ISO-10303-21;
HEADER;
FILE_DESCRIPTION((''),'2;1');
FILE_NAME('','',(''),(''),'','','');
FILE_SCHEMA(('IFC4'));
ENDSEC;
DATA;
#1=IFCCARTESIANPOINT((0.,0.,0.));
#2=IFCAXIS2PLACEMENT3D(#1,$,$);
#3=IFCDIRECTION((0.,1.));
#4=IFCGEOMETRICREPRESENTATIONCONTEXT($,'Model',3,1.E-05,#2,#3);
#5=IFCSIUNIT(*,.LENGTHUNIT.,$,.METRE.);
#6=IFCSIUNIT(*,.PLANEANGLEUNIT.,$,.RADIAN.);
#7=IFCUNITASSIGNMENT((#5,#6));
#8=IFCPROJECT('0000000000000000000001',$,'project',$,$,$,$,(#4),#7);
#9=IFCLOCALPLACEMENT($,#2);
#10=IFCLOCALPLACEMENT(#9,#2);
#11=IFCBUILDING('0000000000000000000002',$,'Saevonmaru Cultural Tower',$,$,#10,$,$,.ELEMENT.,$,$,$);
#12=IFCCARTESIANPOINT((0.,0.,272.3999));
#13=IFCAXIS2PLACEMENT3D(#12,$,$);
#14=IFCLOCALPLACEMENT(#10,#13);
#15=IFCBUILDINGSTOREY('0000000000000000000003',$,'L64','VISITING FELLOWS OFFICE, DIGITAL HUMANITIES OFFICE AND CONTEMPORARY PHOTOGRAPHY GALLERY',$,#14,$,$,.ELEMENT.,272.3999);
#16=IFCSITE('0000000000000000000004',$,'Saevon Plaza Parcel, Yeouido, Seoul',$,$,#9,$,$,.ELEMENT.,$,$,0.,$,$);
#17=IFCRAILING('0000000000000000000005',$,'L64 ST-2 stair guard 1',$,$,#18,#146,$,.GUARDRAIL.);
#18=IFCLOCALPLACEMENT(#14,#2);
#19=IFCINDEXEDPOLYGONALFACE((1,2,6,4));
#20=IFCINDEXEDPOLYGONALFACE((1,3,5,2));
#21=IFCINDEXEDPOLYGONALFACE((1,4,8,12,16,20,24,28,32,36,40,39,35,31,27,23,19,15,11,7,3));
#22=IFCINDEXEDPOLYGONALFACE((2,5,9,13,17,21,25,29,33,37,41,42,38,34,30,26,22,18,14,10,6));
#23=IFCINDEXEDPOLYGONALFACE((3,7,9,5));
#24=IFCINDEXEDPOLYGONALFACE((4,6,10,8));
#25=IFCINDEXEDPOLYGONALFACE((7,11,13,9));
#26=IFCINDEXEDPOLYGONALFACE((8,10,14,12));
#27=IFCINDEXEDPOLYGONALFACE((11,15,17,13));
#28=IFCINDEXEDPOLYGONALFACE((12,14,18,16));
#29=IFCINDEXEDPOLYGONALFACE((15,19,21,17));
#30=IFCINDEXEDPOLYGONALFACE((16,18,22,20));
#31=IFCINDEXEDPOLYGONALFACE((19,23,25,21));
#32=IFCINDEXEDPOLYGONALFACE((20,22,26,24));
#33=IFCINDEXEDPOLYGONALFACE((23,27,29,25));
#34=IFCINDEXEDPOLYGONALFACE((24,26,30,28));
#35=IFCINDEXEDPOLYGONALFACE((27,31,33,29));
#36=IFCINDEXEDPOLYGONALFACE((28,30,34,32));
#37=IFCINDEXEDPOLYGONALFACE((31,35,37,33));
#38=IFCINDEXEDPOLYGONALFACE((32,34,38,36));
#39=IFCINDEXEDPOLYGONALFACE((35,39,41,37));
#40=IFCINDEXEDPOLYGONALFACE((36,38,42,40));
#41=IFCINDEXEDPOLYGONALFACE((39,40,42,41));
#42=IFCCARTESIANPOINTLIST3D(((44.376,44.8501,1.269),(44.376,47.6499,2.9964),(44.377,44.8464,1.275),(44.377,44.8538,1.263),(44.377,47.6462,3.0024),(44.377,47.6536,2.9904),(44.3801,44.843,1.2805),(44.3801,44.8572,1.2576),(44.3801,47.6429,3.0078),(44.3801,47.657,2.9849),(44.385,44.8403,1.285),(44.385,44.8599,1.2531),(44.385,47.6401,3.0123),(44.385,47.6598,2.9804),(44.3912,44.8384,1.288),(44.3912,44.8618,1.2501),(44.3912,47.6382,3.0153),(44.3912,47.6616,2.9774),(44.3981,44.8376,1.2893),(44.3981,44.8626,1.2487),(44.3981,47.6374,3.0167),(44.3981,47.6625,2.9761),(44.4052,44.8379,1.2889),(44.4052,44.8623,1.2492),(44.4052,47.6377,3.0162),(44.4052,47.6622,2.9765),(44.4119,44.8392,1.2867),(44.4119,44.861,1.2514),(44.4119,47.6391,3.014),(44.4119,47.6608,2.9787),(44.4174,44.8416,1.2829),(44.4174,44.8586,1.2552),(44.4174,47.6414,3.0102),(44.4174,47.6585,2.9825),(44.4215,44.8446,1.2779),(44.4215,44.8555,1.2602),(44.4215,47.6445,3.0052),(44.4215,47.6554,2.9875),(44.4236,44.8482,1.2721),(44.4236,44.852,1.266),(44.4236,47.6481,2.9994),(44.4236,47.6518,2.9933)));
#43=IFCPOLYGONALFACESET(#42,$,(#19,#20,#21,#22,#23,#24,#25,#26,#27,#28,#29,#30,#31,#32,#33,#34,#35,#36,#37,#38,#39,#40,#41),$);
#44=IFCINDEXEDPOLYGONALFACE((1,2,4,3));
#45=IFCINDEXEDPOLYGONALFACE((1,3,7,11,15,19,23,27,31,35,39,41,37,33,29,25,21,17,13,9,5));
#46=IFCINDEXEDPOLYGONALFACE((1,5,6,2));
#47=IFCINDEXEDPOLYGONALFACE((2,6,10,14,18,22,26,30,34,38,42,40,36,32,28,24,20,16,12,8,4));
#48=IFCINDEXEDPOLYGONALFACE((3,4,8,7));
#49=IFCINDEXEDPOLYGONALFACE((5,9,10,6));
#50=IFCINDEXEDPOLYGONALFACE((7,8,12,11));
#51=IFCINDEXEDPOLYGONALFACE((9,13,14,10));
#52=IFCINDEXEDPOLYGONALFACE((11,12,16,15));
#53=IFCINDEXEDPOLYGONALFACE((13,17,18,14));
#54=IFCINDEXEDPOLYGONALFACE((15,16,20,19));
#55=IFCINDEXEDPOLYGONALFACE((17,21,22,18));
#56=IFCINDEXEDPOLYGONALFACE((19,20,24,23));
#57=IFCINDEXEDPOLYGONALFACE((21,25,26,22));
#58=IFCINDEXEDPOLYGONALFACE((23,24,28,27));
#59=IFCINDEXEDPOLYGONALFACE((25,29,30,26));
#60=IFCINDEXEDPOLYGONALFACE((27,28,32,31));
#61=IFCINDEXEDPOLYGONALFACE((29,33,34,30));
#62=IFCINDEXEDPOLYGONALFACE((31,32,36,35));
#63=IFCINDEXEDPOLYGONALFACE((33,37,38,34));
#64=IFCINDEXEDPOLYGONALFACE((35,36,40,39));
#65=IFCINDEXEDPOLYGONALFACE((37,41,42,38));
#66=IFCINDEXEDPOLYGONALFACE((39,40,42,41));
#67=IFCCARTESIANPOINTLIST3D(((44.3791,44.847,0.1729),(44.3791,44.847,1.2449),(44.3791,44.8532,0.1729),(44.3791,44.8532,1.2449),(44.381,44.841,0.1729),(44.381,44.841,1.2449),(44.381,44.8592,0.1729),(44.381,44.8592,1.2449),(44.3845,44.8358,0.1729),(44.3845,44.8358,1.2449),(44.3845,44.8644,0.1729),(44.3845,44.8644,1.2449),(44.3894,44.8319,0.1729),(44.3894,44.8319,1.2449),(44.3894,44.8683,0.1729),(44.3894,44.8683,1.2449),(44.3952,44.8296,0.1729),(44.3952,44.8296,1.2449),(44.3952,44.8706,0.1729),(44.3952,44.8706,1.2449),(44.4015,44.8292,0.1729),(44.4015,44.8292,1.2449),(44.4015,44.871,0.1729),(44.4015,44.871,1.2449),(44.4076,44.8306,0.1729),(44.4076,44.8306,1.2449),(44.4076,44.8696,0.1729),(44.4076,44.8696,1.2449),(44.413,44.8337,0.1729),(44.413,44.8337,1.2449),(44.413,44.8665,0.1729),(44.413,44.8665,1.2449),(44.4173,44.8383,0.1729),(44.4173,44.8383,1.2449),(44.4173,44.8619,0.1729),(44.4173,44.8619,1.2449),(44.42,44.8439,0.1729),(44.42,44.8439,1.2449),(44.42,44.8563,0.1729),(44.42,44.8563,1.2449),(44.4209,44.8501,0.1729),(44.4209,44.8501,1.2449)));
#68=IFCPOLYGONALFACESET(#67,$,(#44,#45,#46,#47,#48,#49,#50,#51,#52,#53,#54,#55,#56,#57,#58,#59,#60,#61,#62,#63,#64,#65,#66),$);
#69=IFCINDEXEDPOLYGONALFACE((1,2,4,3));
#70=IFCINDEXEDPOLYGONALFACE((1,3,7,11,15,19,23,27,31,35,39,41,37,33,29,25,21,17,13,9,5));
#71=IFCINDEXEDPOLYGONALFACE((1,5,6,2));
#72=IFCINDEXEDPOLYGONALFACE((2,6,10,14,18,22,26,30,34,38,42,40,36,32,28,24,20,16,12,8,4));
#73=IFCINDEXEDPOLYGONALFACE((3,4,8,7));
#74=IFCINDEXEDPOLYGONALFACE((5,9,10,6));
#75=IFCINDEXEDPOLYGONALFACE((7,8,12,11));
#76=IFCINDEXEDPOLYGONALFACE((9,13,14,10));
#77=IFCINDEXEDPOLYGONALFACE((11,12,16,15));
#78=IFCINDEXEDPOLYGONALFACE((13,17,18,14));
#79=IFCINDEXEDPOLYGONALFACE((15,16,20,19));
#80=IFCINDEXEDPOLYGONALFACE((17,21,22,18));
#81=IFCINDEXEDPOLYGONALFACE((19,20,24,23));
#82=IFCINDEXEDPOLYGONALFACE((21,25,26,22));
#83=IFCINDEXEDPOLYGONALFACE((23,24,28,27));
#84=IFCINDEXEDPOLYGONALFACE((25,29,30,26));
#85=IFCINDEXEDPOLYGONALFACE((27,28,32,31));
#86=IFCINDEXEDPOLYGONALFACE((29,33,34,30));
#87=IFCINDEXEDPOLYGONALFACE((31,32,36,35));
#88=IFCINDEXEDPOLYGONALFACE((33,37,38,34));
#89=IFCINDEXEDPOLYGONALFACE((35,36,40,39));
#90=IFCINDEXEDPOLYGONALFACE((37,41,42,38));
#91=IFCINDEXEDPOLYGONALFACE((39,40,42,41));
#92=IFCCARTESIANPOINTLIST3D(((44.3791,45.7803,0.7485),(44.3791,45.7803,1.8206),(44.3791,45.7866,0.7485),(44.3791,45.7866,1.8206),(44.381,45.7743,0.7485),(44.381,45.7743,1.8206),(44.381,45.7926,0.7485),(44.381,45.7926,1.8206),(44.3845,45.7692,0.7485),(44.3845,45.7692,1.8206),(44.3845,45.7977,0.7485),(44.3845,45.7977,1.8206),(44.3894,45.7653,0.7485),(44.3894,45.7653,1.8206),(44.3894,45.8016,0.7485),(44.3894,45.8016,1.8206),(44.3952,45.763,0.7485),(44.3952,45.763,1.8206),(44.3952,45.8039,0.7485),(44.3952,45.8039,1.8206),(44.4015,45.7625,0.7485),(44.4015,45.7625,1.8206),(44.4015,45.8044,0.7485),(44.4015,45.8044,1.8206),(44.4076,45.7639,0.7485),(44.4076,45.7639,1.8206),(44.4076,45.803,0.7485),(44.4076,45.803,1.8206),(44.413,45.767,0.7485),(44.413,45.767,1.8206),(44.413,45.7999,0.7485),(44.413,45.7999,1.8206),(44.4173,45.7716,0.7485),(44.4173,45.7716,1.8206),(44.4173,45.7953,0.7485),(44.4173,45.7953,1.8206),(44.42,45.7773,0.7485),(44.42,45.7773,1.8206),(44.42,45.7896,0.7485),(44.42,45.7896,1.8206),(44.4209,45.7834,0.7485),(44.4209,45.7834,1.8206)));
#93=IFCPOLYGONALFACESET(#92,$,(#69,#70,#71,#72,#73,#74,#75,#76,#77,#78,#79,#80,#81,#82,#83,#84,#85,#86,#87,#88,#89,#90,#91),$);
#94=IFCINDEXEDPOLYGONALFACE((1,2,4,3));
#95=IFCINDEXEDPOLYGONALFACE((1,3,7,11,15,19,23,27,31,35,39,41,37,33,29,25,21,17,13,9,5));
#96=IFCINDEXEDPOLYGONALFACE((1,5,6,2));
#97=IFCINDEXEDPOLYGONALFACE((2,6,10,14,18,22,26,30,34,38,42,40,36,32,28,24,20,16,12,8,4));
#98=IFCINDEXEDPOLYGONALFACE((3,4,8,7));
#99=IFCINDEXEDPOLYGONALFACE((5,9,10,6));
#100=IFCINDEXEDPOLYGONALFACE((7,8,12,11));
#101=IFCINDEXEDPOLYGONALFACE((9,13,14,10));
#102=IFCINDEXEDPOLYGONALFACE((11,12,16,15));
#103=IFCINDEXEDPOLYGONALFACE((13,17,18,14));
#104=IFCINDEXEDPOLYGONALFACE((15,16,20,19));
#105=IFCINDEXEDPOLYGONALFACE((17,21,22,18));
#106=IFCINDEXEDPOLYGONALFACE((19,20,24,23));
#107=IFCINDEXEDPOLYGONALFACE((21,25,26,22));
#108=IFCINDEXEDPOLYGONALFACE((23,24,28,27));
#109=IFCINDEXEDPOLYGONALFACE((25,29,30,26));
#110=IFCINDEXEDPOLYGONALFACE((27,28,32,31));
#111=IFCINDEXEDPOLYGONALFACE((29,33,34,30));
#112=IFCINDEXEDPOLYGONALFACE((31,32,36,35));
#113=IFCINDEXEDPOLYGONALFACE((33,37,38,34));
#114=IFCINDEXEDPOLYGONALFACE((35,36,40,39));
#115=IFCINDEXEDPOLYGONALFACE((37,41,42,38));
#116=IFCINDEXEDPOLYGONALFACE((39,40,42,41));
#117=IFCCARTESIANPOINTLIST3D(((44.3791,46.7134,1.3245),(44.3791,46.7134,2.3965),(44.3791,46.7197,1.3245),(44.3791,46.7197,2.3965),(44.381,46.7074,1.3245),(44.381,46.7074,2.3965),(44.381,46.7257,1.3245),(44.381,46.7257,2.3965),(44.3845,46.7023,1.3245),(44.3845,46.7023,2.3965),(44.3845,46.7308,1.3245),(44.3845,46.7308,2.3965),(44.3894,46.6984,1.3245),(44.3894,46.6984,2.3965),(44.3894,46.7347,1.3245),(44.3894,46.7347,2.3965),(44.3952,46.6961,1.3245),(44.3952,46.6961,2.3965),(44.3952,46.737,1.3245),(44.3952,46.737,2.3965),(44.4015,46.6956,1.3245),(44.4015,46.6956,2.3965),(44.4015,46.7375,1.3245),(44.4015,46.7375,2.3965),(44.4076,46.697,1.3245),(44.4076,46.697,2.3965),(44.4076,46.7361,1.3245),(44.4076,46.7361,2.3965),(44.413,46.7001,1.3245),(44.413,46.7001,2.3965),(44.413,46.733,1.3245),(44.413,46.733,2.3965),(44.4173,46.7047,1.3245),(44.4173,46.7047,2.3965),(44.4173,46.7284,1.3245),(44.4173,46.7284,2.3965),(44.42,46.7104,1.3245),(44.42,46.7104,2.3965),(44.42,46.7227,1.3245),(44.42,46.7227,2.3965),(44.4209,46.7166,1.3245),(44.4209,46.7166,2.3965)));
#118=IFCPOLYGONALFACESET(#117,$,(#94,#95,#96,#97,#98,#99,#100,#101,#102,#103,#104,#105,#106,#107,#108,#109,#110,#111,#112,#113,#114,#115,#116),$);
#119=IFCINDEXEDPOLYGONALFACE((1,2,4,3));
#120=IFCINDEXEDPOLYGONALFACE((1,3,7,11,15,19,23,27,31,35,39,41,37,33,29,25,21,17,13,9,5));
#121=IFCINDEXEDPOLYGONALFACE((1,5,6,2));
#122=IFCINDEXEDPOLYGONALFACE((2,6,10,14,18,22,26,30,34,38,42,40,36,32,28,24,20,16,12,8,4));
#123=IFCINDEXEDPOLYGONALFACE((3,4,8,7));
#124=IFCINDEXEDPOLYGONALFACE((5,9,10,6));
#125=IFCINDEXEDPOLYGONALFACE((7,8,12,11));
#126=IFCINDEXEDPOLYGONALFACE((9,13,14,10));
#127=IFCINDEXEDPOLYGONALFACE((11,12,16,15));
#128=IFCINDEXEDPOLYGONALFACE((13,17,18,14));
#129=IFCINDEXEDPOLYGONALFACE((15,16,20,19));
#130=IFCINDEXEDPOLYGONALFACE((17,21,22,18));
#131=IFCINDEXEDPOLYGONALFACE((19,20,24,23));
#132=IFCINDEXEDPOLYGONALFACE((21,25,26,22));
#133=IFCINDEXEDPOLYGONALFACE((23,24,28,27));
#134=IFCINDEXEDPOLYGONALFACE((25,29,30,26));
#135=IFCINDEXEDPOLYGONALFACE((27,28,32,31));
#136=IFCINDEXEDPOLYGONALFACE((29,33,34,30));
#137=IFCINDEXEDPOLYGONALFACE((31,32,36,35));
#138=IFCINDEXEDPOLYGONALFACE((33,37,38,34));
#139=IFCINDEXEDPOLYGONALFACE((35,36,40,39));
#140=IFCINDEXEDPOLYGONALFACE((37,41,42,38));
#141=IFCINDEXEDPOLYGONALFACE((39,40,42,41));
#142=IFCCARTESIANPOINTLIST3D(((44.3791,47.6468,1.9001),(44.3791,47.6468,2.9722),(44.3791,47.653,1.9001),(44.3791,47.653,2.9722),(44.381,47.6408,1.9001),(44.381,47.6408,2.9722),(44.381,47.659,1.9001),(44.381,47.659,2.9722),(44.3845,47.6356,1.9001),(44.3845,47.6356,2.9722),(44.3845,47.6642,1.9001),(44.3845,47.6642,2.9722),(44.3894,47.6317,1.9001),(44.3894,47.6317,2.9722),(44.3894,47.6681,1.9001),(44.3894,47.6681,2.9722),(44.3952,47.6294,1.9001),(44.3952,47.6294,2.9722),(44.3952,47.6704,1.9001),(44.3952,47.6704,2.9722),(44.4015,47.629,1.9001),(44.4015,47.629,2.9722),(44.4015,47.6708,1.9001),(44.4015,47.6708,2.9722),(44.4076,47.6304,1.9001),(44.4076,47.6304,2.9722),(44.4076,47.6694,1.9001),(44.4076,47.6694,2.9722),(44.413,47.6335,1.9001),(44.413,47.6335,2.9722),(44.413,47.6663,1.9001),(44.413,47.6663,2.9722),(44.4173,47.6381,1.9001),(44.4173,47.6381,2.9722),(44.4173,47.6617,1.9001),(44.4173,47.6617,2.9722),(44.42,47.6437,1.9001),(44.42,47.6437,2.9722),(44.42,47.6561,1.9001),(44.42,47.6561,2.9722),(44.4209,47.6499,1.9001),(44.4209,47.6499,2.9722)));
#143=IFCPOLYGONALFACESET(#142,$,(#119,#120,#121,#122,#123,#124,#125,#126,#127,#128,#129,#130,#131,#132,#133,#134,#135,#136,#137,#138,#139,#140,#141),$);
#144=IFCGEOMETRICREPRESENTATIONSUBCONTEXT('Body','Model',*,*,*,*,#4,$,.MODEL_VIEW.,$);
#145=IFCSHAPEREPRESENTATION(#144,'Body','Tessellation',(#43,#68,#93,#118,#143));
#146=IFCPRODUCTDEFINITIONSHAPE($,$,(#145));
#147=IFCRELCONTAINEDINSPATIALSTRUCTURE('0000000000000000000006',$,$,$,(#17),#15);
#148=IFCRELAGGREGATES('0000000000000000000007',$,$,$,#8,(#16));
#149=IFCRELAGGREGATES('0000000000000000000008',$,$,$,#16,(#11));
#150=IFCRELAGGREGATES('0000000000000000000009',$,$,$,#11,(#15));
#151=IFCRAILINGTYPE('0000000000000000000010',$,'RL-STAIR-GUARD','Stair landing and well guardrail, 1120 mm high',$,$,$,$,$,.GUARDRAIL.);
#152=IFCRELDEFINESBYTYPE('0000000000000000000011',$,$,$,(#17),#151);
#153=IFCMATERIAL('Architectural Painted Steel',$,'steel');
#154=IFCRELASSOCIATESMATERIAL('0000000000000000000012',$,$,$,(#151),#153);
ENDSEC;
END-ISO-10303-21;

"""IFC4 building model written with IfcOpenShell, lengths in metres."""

from ifc_helpers import new_model, si_unit, direction, frame, origin, origin_2d, place, context, subcontext, project, spatial, circle, extrude, material, type_object, element, save


model = new_model("IFC4")

# Units and contexts
model_context = context("Model", 3, precision=1e-05, world=origin(), true_north=direction((0.0, 1.0)))
body_context = subcontext(model_context, "Body", "Model", "MODEL_VIEW")
ifc_project = project(units=[si_unit("LENGTHUNIT", "METRE"), si_unit("PLANEANGLEUNIT", "RADIAN")], contexts=[model_context])

# Site, building, storey
site_placement = place(None, origin())
site = spatial("IfcSite", under=ifc_project, at=site_placement, Name="Saevon Plaza Parcel, Yeouido, Seoul", CompositionType="ELEMENT", RefElevation=0.0)
building_placement = place(site_placement, origin())
building = spatial("IfcBuilding", under=site, at=building_placement, Name="Saevonmaru Cultural Tower", CompositionType="ELEMENT")
storey_placement = place(building_placement, frame((0.0, 0.0, 272.3999)))
storey = spatial("IfcBuildingStorey", under=building, at=storey_placement, Name="L64", Description="VISITING FELLOWS OFFICE, DIGITAL HUMANITIES OFFICE AND CONTEMPORARY PHOTOGRAPHY GALLERY", CompositionType="ELEMENT", Elevation=272.3999)

# Railing
ifc_material_1 = material(Name="Architectural Painted Steel", Category="steel")
railing_type_1 = type_object("IfcRailingType", Name="RL-STAIR-GUARD", Description="Stair landing and well guardrail, 1120 mm high", PredefinedType="GUARDRAIL", material=ifc_material_1)
railing_1_placement = place(storey_placement, frame((44.3999, 44.8501, 0.1729)))
element("IfcRailing", 1, at=railing_1_placement, inside=storey, type_object=railing_type_1, Name="L64 ST-2 stair guard 1", PredefinedType="GUARDRAIL", context=body_context, shape_type="SweptSolid", body=[
    extrude(circle(Radius=0.0239, at=origin_2d()), frame((0.0, 0.0, 1.0962), z_axis=(0.0, 0.851069, 0.525054), x_axis=(-1.0, 0.0, 0.0)), (0.0, 0.0, 1.0), 3.2898),
    extrude(circle(Radius=0.021, at=origin_2d()), origin(), (0.0, 0.0, 1.0), 1.072),
    extrude(circle(Radius=0.021, at=origin_2d()), frame((0.0, 0.9333, 0.5757)), (0.0, 0.0, 1.0), 1.072),
    extrude(circle(Radius=0.021, at=origin_2d()), frame((0.0, 1.8665, 1.1516)), (0.0, 0.0, 1.0), 1.072),
    extrude(circle(Radius=0.021, at=origin_2d()), frame((0.0, 2.7998, 1.7273)), (0.0, 0.0, 1.0), 1.072),
])

save(model, "model.ifc")
